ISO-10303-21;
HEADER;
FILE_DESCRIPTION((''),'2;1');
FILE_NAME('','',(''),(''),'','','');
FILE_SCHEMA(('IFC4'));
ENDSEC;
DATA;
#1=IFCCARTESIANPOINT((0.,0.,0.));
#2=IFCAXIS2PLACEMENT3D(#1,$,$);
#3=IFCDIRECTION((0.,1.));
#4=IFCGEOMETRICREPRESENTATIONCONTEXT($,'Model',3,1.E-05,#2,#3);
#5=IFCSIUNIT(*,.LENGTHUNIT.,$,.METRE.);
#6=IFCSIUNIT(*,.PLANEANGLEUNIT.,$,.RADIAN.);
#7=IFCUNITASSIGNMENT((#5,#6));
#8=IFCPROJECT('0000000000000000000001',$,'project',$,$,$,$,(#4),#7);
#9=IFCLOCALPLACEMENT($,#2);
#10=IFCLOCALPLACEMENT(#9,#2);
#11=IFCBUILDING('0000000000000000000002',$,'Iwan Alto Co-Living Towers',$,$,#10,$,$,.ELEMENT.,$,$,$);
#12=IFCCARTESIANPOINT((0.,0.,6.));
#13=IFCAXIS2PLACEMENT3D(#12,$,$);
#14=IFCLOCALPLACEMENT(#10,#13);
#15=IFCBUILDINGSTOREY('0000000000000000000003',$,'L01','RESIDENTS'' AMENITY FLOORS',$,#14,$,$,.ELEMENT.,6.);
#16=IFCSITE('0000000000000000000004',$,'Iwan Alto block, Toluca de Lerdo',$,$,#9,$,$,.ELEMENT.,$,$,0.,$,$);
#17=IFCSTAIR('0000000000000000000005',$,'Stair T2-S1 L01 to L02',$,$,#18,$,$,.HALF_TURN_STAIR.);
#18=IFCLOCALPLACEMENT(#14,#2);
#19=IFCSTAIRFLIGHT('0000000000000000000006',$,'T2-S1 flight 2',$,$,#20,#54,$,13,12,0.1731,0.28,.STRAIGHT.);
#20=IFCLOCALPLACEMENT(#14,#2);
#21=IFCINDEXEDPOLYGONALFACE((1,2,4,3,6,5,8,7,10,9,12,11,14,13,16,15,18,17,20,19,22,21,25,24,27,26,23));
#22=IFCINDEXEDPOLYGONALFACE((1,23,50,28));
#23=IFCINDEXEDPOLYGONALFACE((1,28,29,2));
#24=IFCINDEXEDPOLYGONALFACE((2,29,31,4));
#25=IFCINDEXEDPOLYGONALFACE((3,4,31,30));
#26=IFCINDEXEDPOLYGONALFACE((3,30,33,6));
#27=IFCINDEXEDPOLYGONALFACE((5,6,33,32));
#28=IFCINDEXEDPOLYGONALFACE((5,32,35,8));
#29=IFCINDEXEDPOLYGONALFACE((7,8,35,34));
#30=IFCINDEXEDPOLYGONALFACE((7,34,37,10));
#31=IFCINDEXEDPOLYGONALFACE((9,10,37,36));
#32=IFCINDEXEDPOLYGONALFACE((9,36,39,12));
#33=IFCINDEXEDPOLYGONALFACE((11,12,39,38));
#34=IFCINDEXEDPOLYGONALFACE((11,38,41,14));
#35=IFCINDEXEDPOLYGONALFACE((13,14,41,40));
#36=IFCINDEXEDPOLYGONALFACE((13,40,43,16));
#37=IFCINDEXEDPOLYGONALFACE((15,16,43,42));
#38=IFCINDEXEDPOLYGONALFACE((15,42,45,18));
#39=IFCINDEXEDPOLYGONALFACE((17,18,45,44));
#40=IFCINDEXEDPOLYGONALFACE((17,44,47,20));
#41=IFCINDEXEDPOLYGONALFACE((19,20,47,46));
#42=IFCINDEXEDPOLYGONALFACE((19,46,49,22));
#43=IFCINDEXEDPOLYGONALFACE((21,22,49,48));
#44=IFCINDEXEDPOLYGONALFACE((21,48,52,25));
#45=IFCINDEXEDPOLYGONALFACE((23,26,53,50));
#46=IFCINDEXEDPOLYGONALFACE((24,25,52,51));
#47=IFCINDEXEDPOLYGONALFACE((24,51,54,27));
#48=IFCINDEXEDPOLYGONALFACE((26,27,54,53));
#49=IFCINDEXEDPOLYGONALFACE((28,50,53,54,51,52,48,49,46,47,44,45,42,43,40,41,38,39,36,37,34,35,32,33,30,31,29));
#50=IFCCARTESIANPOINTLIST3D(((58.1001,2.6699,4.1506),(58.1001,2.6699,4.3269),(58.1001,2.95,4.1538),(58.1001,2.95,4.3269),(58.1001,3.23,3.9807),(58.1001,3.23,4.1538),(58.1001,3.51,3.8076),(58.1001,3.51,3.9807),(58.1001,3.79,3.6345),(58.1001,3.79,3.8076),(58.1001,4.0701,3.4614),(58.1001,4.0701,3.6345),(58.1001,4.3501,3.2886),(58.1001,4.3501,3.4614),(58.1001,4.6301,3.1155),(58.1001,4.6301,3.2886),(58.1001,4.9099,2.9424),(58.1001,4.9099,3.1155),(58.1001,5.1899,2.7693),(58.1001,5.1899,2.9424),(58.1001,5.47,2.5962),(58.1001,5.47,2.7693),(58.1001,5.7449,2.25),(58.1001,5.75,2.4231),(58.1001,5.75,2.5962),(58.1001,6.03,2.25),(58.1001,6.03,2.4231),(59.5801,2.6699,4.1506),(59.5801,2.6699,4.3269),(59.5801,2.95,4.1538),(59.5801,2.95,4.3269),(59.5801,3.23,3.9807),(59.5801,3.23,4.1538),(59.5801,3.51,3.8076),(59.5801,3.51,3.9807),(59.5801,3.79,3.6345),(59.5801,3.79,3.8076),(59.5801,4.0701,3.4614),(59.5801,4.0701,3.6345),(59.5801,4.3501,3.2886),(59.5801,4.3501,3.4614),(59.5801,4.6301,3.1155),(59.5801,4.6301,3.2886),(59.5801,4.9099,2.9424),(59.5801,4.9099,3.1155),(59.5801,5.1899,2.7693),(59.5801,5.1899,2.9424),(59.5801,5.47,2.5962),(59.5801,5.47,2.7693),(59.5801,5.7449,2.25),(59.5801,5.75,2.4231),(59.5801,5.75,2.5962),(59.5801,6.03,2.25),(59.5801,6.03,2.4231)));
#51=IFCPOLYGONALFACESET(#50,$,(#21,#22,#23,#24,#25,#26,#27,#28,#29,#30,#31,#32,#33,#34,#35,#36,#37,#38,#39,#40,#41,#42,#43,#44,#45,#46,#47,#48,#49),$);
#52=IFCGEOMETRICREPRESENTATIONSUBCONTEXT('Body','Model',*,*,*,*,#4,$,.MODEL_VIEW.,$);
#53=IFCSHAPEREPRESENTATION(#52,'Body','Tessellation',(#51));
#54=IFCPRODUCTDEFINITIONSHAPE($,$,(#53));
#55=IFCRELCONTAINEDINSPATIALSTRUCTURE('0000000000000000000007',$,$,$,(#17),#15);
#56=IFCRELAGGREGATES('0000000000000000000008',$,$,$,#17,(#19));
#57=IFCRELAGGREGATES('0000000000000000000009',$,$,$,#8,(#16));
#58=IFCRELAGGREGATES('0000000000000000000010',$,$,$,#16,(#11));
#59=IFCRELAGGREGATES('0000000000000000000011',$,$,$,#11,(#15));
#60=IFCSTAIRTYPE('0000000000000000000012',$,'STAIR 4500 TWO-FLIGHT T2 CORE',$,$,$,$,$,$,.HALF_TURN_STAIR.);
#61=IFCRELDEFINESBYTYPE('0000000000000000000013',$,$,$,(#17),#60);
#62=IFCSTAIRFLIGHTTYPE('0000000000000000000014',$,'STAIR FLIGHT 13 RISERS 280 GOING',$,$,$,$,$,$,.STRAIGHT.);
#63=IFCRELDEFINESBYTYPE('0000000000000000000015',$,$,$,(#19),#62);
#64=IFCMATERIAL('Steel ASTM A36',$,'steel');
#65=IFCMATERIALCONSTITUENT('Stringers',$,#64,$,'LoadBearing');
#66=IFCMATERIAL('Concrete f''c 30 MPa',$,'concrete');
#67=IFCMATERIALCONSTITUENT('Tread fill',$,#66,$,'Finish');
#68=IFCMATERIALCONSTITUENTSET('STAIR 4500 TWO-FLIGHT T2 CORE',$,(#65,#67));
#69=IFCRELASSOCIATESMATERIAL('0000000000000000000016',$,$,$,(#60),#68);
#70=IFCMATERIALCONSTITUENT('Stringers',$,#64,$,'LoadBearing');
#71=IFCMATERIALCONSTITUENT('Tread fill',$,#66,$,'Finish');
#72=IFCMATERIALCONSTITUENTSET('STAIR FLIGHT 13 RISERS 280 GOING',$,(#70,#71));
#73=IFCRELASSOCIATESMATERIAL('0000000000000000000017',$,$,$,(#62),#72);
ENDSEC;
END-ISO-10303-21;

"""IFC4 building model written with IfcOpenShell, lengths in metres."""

from ifc_helpers import new_model, si_unit, direction, frame, origin, place, context, subcontext, project, spatial, polyline, outline, extrude, material, constituent, constituent_set, type_object, element, aggregate, save


model = new_model("IFC4")

# Units and contexts
model_context = context("Model", 3, precision=1e-05, world=origin(), true_north=direction((0.0, 1.0)))
body_context = subcontext(model_context, "Body", "Model", "MODEL_VIEW")
ifc_project = project(units=[si_unit("LENGTHUNIT", "METRE"), si_unit("PLANEANGLEUNIT", "RADIAN")], contexts=[model_context])

# Site, building, storey
site_placement = place(None, origin())
site = spatial("IfcSite", under=ifc_project, at=site_placement, Name="Iwan Alto block, Toluca de Lerdo", CompositionType="ELEMENT", RefElevation=0.0)
building_placement = place(site_placement, origin())
building = spatial("IfcBuilding", under=site, at=building_placement, Name="Iwan Alto Co-Living Towers", CompositionType="ELEMENT")
storey_placement = place(building_placement, frame((0.0, 0.0, 6.0)))
storey = spatial("IfcBuildingStorey", under=building, at=storey_placement, Name="L01", Description="RESIDENTS' AMENITY FLOORS", CompositionType="ELEMENT", Elevation=6.0)

# Stair, stair flight
ifc_material_1 = material(Name="Steel ASTM A36", Category="steel")
ifc_constituent_1 = constituent(ifc_material_1, Name="Stringers", Category="LoadBearing")
ifc_material_2 = material(Name="Concrete f'c 30 MPa", Category="concrete")
ifc_constituent_2 = constituent(ifc_material_2, Name="Tread fill", Category="Finish")
ifc_constituent_set_1 = constituent_set(constituents=[ifc_constituent_1, ifc_constituent_2], Name="STAIR 4500 TWO-FLIGHT T2 CORE")
stair_type = type_object("IfcStairType", Name="STAIR 4500 TWO-FLIGHT T2 CORE", PredefinedType="HALF_TURN_STAIR", material=ifc_constituent_set_1)
stair_placement = place(storey_placement, origin())
stair = element("IfcStair", 1, at=stair_placement, inside=storey, type_object=stair_type, Name="Stair T2-S1 L01 to L02", PredefinedType="HALF_TURN_STAIR")
ifc_constituent_3 = constituent(ifc_material_1, Name="Stringers", Category="LoadBearing")
ifc_constituent_4 = constituent(ifc_material_2, Name="Tread fill", Category="Finish")
ifc_constituent_set_2 = constituent_set(constituents=[ifc_constituent_3, ifc_constituent_4], Name="STAIR FLIGHT 13 RISERS 280 GOING")
stair_flight_type = type_object("IfcStairFlightType", Name="STAIR FLIGHT 13 RISERS 280 GOING", PredefinedType="STRAIGHT", material=ifc_constituent_set_2)
stair_flight_placement = place(storey_placement, frame((58.8401, 6.03, 2.25), z_axis=(0.0, 0.0, 1.0), x_axis=(0.0, -1.0, 0.0)))
stair_flight = element("IfcStairFlight", 2, at=stair_flight_placement, type_object=stair_flight_type, Name="T2-S1 flight 2", NumberOfRisers=13, NumberOfTreads=12, PredefinedType="STRAIGHT", RiserHeight=0.1731, TreadLength=0.28, context=body_context, shape_type="SweptSolid", body=[
    extrude(outline(polyline([(0.0, 0.0), (0.0, 0.1731), (0.28, 0.1731), (0.28, 0.3462), (0.5601, 0.3462), (0.5601, 0.5193), (0.8401, 0.5193), (0.8401, 0.6924), (1.1201, 0.6924), (1.1201, 0.8655), (1.3999, 0.8655), (1.3999, 1.0386), (1.6799, 1.0386), (1.6799, 1.2114), (1.96, 1.2114), (1.96, 1.3845), (2.24, 1.3845), (2.24, 1.5576), (2.52, 1.5576), (2.52, 1.7307), (2.8, 1.7307), (2.8, 1.9038), (3.0801, 1.9038), (3.0801, 2.0769), (3.3601, 2.0769), (3.3601, 2.25), (3.3601, 1.9006), (0.2852, 0.0), (0.0, 0.0)])), frame((0.0, 0.74, 0.0), z_axis=(0.0, -1.0, 0.0), x_axis=(1.0, 0.0, 0.0)), (0.0, 0.0, 1.0), 1.48),
])
aggregate(stair, [stair_flight])

save(model, "model.ifc")
